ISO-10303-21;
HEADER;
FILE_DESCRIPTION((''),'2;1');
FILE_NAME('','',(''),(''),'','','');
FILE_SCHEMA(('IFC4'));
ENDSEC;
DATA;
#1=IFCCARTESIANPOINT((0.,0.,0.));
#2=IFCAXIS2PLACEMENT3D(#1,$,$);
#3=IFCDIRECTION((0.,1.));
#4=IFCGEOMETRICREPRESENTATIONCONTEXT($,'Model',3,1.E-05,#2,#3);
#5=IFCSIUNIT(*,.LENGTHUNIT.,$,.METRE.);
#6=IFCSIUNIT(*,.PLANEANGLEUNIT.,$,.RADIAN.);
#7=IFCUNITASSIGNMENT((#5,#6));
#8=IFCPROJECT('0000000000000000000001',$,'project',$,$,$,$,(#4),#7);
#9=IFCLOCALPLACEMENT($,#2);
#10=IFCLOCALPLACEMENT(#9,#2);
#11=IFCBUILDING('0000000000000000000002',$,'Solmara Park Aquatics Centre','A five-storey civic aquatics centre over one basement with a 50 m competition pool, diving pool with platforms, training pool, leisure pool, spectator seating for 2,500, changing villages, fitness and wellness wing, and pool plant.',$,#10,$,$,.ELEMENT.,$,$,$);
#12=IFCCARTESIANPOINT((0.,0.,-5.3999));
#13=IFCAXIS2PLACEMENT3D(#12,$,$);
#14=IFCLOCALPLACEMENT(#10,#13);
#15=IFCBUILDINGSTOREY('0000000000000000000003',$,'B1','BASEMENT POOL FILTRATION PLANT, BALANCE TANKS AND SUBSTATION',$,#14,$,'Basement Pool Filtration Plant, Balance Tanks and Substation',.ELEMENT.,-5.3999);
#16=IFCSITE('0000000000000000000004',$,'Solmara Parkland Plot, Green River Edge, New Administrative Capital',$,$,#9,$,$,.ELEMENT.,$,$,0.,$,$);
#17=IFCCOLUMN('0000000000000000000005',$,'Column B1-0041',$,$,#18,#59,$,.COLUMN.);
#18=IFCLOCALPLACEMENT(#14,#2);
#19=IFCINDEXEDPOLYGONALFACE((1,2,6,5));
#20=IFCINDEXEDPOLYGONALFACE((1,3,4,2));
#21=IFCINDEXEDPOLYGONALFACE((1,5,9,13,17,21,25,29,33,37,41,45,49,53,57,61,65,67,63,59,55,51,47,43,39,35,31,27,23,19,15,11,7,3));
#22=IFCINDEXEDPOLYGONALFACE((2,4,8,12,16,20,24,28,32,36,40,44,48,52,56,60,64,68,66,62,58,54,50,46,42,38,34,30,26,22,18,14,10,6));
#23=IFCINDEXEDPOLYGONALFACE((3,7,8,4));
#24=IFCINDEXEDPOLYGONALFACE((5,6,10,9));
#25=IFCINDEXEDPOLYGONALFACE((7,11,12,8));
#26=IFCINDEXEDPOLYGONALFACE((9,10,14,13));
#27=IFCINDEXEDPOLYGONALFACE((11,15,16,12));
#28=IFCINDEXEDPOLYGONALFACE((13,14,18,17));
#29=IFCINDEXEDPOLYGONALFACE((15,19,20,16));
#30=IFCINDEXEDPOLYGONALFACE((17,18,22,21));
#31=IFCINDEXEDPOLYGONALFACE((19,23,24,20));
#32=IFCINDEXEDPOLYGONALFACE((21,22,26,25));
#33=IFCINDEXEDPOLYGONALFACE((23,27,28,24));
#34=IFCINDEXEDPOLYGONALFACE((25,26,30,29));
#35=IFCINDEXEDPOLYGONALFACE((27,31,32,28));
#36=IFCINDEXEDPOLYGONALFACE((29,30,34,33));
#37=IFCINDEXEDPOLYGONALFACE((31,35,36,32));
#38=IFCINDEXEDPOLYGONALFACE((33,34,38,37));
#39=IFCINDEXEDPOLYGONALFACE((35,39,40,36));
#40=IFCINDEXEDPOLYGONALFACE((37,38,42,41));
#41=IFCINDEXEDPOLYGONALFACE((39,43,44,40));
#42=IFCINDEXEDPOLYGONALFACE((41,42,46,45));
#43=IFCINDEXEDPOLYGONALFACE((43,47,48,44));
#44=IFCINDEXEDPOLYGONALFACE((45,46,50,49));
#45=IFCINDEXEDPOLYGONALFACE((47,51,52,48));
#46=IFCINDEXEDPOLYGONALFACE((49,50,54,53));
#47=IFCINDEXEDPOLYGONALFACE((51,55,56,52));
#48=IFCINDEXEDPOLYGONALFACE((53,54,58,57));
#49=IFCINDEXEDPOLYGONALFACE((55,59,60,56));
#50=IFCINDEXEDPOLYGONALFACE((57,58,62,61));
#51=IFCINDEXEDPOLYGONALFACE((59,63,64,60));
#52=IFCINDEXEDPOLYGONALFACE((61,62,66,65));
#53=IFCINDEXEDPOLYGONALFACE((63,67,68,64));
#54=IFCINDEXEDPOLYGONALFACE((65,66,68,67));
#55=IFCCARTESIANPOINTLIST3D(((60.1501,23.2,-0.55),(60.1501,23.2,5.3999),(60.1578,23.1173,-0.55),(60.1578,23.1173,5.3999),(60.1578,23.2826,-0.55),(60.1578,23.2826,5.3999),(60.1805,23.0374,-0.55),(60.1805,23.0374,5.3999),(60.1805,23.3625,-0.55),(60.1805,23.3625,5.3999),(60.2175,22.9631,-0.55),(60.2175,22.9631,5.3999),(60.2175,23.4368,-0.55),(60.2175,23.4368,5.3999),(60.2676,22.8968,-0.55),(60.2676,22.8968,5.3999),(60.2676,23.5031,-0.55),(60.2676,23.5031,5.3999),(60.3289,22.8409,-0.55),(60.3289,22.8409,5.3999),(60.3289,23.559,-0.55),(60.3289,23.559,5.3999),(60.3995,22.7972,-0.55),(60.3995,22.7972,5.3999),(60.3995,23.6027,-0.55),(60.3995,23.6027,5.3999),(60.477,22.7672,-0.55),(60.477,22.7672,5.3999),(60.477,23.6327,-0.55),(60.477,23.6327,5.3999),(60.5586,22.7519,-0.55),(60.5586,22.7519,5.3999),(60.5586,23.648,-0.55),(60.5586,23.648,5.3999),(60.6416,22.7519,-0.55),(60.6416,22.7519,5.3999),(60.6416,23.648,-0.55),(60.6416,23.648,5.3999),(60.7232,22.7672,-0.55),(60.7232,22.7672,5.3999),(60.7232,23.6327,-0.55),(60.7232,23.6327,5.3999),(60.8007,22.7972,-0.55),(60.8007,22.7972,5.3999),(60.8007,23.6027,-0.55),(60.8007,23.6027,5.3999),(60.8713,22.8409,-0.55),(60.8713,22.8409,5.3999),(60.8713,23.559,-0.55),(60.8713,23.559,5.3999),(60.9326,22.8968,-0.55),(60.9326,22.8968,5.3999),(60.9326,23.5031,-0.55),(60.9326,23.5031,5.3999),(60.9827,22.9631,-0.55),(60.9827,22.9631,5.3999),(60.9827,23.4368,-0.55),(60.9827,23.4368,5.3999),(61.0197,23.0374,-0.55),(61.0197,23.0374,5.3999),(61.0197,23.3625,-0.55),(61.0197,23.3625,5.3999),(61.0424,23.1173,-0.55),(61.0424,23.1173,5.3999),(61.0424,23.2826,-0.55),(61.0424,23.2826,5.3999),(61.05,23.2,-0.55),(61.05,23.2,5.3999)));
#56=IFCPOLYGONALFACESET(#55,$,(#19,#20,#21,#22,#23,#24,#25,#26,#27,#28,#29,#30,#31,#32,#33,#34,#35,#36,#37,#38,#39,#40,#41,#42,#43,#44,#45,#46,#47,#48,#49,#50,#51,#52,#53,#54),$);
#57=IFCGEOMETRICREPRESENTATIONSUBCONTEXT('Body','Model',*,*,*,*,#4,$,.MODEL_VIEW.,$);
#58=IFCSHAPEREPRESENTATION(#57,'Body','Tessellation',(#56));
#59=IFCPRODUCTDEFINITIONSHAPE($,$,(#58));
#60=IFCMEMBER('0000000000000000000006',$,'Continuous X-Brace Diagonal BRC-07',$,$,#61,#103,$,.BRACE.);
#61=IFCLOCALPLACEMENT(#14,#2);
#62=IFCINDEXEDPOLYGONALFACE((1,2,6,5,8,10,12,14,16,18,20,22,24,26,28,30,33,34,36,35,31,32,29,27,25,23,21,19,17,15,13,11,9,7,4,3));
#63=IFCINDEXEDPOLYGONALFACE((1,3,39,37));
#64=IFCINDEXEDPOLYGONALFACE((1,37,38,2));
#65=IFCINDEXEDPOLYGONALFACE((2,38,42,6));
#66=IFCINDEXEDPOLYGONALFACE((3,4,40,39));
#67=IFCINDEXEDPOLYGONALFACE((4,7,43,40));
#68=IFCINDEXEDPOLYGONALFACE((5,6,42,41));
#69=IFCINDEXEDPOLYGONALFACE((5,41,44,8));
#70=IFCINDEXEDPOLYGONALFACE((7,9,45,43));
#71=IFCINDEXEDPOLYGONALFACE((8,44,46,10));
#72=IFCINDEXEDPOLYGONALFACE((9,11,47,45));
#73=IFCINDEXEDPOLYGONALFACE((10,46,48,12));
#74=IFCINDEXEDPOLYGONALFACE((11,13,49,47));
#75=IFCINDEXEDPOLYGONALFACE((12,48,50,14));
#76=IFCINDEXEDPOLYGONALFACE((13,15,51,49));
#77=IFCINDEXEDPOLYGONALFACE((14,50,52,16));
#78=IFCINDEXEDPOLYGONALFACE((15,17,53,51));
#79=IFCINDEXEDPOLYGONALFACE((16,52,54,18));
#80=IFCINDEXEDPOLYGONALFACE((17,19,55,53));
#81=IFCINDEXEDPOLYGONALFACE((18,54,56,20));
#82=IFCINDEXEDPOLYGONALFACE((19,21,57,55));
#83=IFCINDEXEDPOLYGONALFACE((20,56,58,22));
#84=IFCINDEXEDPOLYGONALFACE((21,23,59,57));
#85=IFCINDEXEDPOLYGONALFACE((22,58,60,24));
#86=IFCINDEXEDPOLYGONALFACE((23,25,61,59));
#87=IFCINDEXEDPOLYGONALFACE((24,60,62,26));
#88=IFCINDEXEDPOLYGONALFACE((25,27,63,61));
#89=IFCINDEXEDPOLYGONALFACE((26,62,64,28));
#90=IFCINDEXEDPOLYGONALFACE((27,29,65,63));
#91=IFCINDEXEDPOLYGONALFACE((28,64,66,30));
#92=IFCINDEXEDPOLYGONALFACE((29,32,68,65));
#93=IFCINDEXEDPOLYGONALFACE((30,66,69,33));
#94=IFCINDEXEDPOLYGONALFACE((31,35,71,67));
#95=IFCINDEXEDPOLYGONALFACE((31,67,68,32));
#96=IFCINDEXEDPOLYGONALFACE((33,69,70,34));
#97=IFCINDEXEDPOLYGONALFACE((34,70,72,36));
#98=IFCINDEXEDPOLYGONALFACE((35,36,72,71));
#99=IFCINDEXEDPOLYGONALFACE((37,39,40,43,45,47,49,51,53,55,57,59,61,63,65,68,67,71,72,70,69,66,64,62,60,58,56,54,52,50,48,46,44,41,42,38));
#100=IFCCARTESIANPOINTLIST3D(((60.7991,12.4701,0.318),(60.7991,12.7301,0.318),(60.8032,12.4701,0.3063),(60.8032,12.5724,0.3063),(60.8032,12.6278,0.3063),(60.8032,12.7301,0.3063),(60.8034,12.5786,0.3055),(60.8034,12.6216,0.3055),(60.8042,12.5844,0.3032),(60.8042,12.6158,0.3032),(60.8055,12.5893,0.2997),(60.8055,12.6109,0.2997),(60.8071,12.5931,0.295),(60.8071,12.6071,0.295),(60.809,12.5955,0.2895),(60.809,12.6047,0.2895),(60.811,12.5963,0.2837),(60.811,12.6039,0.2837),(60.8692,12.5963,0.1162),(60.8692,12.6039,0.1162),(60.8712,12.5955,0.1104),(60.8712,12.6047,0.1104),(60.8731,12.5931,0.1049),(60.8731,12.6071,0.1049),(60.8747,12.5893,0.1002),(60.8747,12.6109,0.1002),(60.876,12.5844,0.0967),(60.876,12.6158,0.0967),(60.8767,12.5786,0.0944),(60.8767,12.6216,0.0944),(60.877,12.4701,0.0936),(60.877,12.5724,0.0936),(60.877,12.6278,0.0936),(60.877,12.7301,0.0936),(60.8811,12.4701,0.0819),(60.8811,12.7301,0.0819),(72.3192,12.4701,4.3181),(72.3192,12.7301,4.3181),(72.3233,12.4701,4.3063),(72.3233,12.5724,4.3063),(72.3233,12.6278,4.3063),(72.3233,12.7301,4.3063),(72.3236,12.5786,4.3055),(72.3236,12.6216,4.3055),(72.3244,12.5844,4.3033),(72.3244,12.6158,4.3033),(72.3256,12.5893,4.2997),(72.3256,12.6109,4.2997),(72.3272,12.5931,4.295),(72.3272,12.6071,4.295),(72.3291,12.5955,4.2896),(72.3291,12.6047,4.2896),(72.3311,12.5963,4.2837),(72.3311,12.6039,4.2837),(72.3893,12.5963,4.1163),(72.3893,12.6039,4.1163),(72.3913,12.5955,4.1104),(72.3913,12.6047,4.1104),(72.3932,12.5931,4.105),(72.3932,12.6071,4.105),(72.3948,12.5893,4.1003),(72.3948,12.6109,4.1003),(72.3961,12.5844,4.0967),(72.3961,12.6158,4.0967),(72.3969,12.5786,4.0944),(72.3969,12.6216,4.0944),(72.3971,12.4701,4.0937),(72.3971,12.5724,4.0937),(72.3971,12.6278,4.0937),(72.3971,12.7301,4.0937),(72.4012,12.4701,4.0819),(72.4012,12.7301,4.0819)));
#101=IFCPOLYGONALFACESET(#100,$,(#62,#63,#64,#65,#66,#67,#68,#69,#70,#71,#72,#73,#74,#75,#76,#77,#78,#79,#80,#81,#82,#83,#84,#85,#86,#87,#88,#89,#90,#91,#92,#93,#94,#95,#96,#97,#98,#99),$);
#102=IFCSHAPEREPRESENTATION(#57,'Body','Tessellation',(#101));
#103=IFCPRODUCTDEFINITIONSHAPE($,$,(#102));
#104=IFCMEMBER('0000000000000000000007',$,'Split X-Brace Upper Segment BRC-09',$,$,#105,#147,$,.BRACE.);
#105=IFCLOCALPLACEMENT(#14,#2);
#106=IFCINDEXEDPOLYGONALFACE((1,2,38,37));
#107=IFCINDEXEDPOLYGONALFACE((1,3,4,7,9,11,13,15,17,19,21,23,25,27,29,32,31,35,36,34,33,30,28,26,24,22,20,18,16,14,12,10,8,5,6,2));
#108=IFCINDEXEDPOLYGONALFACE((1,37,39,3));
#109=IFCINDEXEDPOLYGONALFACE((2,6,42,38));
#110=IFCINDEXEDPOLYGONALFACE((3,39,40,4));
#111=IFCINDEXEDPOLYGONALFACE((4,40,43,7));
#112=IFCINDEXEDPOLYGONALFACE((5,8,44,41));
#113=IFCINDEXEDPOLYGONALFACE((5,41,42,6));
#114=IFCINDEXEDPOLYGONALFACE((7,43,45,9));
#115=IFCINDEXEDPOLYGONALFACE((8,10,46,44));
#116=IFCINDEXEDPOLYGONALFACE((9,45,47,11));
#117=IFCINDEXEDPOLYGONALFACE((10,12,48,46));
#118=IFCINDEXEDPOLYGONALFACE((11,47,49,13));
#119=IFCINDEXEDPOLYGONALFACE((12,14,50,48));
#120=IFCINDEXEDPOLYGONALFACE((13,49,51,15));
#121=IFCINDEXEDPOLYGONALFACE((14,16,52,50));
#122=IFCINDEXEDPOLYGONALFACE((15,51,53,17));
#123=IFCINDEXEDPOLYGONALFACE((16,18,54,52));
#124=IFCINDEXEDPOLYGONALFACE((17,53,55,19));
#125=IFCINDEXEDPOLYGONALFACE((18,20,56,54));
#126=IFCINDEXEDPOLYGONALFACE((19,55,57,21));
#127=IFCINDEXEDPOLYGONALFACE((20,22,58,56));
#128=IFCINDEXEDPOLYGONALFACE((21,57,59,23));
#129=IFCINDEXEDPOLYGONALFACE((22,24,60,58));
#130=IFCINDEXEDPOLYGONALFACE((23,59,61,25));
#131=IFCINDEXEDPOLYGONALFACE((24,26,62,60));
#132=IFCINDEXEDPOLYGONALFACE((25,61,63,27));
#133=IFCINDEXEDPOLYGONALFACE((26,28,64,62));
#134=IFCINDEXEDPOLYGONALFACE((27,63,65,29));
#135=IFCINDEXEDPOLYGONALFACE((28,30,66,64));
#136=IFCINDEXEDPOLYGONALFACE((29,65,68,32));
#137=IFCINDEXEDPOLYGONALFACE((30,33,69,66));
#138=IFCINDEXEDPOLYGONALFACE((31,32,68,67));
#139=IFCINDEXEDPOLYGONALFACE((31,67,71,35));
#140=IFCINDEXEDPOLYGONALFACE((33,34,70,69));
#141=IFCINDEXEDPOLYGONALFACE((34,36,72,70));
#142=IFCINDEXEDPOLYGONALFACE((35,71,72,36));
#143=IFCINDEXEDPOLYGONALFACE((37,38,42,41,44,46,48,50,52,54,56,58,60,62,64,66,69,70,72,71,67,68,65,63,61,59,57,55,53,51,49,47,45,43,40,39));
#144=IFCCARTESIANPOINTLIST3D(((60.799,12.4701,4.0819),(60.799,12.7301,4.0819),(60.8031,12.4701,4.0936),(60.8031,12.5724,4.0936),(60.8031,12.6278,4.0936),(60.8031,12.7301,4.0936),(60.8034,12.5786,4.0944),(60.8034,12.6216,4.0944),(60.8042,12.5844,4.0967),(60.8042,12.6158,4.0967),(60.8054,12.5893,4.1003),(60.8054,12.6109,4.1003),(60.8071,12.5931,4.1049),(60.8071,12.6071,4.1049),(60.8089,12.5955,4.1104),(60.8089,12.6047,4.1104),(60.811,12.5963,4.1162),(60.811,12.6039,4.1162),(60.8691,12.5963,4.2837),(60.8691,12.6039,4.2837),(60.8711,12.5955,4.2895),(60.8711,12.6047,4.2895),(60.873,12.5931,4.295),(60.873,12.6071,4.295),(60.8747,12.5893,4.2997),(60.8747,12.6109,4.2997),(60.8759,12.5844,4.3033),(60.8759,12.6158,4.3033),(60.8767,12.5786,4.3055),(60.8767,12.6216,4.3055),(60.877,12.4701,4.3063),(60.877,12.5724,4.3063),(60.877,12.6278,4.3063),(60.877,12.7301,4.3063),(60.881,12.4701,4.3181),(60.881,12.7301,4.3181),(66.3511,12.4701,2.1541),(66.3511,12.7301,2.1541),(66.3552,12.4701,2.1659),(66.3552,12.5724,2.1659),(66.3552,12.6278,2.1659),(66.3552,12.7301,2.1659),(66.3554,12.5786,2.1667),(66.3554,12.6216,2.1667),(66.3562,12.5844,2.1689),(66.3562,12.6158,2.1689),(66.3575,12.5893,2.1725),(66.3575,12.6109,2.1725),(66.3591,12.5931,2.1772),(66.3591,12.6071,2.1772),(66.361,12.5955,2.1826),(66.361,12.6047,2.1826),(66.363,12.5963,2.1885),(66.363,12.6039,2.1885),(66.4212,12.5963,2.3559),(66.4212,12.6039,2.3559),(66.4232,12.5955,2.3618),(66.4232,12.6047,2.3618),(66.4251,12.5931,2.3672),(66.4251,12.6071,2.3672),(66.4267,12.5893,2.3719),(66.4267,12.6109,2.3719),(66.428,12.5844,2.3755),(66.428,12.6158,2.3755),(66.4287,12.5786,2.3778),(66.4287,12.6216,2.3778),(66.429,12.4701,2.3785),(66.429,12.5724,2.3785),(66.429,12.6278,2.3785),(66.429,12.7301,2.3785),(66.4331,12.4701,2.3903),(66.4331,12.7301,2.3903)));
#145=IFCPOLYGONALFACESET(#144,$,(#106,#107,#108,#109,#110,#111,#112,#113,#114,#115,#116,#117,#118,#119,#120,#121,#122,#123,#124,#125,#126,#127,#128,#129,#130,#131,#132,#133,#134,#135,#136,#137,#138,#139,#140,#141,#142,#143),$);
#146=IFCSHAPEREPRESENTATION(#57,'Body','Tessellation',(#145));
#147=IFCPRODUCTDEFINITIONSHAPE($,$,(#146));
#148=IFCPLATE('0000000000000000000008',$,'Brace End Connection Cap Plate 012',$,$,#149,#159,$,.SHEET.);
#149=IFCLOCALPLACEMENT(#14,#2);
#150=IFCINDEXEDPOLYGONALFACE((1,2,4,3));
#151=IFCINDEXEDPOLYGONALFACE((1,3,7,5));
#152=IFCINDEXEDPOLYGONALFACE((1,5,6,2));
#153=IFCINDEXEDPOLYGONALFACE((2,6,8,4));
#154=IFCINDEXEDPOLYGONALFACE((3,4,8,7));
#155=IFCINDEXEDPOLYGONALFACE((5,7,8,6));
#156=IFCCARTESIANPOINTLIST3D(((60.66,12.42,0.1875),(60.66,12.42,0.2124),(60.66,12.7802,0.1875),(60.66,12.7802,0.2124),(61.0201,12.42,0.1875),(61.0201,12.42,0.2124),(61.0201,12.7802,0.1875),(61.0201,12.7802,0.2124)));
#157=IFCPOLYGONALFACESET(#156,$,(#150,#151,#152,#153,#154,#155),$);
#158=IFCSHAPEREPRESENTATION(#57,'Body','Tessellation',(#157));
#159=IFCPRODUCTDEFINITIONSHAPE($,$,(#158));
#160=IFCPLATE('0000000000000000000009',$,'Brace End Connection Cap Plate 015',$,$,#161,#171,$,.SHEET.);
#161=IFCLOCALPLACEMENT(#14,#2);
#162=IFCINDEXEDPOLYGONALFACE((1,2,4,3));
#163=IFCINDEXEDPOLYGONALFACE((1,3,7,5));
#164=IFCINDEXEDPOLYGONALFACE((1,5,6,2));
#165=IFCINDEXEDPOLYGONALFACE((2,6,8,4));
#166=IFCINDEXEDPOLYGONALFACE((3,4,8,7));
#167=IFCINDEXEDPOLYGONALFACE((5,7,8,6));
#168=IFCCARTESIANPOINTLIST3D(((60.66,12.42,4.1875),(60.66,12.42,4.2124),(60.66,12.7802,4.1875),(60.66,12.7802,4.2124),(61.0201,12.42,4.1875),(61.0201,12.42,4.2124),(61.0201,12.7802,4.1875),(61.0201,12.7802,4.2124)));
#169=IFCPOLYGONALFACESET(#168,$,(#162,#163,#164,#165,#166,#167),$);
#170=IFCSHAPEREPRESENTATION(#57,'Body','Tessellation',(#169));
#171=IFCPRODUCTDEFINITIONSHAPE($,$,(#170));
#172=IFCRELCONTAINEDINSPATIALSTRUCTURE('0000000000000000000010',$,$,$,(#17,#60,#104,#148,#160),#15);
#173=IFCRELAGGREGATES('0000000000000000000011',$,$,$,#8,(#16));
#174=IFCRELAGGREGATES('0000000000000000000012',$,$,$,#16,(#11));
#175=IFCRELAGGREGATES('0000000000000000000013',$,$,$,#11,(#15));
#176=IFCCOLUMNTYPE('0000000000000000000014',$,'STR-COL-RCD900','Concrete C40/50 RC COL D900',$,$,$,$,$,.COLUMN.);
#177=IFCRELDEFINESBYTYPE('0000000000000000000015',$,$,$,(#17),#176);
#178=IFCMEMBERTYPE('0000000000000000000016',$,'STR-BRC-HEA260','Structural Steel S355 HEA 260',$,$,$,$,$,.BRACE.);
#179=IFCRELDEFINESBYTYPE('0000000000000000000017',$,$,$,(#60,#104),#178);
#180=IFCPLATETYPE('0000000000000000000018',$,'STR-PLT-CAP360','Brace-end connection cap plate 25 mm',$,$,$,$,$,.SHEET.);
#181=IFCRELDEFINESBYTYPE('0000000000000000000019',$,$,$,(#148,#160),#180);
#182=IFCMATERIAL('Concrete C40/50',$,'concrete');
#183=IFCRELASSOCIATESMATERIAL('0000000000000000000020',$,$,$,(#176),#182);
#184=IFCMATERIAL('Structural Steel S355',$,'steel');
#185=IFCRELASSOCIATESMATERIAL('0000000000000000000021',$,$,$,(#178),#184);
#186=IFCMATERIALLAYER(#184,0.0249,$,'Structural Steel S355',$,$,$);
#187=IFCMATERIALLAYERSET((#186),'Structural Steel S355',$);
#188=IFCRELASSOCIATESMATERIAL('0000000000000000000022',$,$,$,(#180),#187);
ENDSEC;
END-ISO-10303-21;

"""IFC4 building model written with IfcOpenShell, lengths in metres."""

from ifc_helpers import new_model, si_unit, direction, frame, origin, origin_2d, place, context, subcontext, project, spatial, rectangle, circle, i_section, extrude, material, layer, layer_set, material_profile, profile_set, type_object, element, save


model = new_model("IFC4")

# Units and contexts
model_context = context("Model", 3, precision=1e-05, world=origin(), true_north=direction((0.0, 1.0)))
body_context = subcontext(model_context, "Body", "Model", "MODEL_VIEW")
ifc_project = project(units=[si_unit("LENGTHUNIT", "METRE"), si_unit("PLANEANGLEUNIT", "RADIAN")], contexts=[model_context])

# Site, building, storey
site_placement = place(None, origin())
site = spatial("IfcSite", under=ifc_project, at=site_placement, Name="Solmara Parkland Plot, Green River Edge, New Administrative Capital", CompositionType="ELEMENT", RefElevation=0.0)
building_placement = place(site_placement, origin())
building = spatial("IfcBuilding", under=site, at=building_placement, Name="Solmara Park Aquatics Centre", Description="A five-storey civic aquatics centre over one basement with a 50 m competition pool, diving pool with platforms, training pool, leisure pool, spectator seating for 2,500, changing villages, fitness and wellness wing, and pool plant.", CompositionType="ELEMENT")
storey_placement = place(building_placement, frame((0.0, 0.0, -5.3999)))
storey = spatial("IfcBuildingStorey", under=building, at=storey_placement, Name="B1", Description="BASEMENT POOL FILTRATION PLANT, BALANCE TANKS AND SUBSTATION", LongName="Basement Pool Filtration Plant, Balance Tanks and Substation", CompositionType="ELEMENT", Elevation=-5.3999)

# Column
ifc_material_1 = material(Name="Structural Steel S355", Category="steel")
ifc_material_2 = material(Name="Concrete C40/50", Category="concrete")
ifc_material_profile_1 = material_profile(ifc_material_2, circle(Radius=0.45, at=origin_2d()), Name="RC COL D900")
ifc_profile_set_1 = profile_set([ifc_material_profile_1], Name="Concrete C40/50")
column_type_1 = type_object("IfcColumnType", Name="STR-COL-RCD900", Description="Concrete C40/50 RC COL D900", PredefinedType="COLUMN", material=ifc_profile_set_1)
column_1_placement = place(storey_placement, frame((60.6001, 23.2, -0.55), z_axis=(0.0, 0.0, 1.0), x_axis=(1.0, 0.0, 0.0)))
element("IfcColumn", 1, at=column_1_placement, inside=storey, type_object=column_type_1, Name="Column B1-0041", PredefinedType="COLUMN", context=body_context, shape_type="SweptSolid", body=[
    extrude(circle(Radius=0.45, at=origin_2d()), origin(), (0.0, 0.0, 1.0), 5.95),
])

# Members
ifc_material_profile_2 = material_profile(ifc_material_1, i_section(OverallWidth=0.26, OverallDepth=0.25, WebThickness=0.0076, FlangeThickness=0.0125, FilletRadius=0.0239, at=origin_2d()), Name="HEA 260")
ifc_profile_set_2 = profile_set([ifc_material_profile_2], Name="Structural Steel S355")
member_type = type_object("IfcMemberType", Name="STR-BRC-HEA260", Description="Structural Steel S355 HEA 260", PredefinedType="BRACE", material=ifc_profile_set_2)
member_1_placement = place(storey_placement, frame((60.8401, 12.6001, 0.2), z_axis=(0.944674, 0.0, 0.328011), x_axis=(0.0, 1.0, 0.0)))
element("IfcMember", 2, at=member_1_placement, inside=storey, type_object=member_type, Name="Continuous X-Brace Diagonal BRC-07", PredefinedType="BRACE", context=body_context, shape_type="SweptSolid", body=[
    extrude(i_section(OverallWidth=0.26, OverallDepth=0.25, WebThickness=0.0076, FlangeThickness=0.0125, FilletRadius=0.0239, at=origin_2d()), origin(), (0.0, 0.0, 1.0), 12.1948),
])
member_2_placement = place(storey_placement, frame((66.3921, 12.6001, 2.2722), z_axis=(-0.944676, 0.0, 0.328005), x_axis=(0.0, -1.0, 0.0)))
element("IfcMember", 3, at=member_2_placement, inside=storey, type_object=member_type, Name="Split X-Brace Upper Segment BRC-09", PredefinedType="BRACE", context=body_context, shape_type="SweptSolid", body=[
    extrude(i_section(OverallWidth=0.26, OverallDepth=0.25, WebThickness=0.0076, FlangeThickness=0.0125, FilletRadius=0.0239, at=origin_2d()), origin(), (0.0, 0.0, 1.0), 5.8772),
])

# Plates
ifc_layer = layer(ifc_material_1, 0.0249, Name="Structural Steel S355")
ifc_layer_set = layer_set([ifc_layer], Name="Structural Steel S355")
plate_type = type_object("IfcPlateType", Name="STR-PLT-CAP360", Description="Brace-end connection cap plate 25 mm", PredefinedType="SHEET", material=ifc_layer_set)
for number, where, z_axis, x_axis, name in (
    (4, (60.8401, 12.6001, 0.1875), (0.0, 0.0, 1.0), (1.0, 0.0, 0.0), "Brace End Connection Cap Plate 012"),
    (5, (60.8401, 12.6001, 4.1875), (0.0, 0.0, 1.0), (1.0, 0.0, 0.0), "Brace End Connection Cap Plate 015"),
):
    element("IfcPlate", number, at=place(storey_placement, frame(where, z_axis=z_axis, x_axis=x_axis)), inside=storey, type_object=plate_type, Name=name, PredefinedType="SHEET", context=body_context, shape_type="SweptSolid", body=[
        extrude(rectangle(XDim=0.3601, YDim=0.3601, at=origin_2d()), origin(), (0.0, 0.0, 1.0), 0.0249),
    ])

save(model, "model.ifc")
